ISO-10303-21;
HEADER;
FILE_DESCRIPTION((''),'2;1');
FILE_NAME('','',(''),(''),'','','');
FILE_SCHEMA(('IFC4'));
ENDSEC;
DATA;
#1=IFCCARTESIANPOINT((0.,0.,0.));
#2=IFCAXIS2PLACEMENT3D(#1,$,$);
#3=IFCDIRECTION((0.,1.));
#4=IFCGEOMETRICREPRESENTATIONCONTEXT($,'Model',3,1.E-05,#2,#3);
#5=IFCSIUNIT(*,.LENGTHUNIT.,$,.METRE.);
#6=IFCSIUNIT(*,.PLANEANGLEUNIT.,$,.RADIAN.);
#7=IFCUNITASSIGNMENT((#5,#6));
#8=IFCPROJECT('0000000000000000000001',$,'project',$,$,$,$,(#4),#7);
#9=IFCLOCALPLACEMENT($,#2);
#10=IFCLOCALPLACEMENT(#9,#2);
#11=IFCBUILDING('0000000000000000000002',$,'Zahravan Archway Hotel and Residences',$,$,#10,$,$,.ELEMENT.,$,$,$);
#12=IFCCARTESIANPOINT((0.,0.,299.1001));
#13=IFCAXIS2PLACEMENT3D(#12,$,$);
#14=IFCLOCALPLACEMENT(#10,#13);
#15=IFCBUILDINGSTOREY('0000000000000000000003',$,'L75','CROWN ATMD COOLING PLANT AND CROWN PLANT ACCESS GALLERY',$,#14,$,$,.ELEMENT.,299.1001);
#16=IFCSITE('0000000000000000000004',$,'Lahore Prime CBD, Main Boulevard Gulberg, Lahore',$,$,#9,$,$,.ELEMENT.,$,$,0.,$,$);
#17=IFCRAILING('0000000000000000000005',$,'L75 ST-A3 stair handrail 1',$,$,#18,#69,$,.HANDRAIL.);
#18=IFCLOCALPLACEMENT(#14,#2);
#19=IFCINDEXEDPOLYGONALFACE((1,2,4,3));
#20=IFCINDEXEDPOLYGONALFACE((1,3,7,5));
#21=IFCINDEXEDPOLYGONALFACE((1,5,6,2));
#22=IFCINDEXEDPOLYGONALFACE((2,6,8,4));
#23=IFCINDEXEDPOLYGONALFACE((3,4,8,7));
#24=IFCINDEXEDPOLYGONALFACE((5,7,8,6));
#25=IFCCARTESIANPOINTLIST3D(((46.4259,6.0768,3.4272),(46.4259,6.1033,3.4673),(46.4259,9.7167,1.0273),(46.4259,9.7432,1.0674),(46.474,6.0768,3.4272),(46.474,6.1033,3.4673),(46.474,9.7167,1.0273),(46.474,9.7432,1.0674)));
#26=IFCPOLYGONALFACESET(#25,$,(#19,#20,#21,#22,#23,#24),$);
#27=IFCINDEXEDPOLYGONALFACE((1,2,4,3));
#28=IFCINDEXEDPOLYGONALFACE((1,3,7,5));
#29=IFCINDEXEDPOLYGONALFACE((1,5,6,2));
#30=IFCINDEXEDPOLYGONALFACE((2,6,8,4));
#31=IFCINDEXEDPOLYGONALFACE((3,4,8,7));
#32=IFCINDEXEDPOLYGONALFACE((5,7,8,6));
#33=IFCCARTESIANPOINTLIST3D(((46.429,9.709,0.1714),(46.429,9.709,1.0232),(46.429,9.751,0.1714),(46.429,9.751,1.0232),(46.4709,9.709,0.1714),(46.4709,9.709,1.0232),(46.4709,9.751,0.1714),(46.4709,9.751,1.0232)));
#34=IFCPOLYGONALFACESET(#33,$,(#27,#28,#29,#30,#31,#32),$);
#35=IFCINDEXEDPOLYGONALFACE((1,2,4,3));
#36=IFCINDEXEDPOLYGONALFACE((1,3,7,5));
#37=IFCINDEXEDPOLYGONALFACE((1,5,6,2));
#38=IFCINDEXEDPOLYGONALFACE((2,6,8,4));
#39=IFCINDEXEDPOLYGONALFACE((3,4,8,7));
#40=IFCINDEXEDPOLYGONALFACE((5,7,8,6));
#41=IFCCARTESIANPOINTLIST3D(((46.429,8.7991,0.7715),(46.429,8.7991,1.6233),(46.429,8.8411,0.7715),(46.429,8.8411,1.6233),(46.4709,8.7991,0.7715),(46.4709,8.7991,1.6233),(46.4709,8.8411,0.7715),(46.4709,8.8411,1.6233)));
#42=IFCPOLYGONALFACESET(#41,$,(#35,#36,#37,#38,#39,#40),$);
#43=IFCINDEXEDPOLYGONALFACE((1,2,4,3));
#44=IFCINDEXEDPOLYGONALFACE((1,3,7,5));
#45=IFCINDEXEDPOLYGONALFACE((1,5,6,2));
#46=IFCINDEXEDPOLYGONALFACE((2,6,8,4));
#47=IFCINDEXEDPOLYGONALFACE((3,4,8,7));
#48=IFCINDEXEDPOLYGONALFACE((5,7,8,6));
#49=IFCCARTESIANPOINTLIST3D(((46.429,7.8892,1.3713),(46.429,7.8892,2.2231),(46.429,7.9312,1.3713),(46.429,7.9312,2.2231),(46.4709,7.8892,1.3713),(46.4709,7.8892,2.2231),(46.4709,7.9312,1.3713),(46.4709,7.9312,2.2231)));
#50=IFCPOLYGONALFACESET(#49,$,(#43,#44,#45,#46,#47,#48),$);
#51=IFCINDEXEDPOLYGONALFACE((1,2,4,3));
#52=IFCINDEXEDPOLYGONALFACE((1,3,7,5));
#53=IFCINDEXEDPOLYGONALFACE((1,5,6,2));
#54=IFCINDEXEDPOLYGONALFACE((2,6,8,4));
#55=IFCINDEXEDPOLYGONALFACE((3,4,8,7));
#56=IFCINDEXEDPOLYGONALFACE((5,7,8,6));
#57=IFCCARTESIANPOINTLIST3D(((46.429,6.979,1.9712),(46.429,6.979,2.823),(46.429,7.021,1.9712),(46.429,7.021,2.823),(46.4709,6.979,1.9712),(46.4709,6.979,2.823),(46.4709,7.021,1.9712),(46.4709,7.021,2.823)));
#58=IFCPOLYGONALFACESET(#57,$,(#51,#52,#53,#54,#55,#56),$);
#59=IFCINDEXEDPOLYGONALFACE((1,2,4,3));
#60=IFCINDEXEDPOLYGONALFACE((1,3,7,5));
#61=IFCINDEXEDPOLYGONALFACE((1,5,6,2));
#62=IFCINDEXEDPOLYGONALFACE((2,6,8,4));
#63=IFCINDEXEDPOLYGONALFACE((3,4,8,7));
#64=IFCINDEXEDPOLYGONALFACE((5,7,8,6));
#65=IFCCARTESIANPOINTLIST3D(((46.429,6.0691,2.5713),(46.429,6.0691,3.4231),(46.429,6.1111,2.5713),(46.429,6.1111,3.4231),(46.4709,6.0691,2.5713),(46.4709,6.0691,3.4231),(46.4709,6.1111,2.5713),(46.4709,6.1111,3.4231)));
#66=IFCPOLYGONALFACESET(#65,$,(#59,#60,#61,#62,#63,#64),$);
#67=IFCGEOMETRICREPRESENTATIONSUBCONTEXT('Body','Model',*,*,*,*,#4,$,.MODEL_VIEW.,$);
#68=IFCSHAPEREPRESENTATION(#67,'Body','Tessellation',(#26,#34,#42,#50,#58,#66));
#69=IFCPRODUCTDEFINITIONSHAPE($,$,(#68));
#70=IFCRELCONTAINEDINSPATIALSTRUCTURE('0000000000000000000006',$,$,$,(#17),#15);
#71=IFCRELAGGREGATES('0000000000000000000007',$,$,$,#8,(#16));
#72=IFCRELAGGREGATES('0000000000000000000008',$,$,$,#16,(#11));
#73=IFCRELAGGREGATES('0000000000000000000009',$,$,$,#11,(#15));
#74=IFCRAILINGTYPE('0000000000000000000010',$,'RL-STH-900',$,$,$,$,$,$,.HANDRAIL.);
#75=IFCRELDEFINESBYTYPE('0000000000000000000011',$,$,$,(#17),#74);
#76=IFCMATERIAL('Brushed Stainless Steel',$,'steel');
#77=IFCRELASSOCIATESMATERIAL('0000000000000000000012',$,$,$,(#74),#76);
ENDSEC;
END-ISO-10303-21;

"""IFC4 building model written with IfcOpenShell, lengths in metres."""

from ifc_helpers import new_model, si_unit, direction, frame, origin, origin_2d, place, context, subcontext, project, spatial, rectangle, extrude, material, type_object, element, save


model = new_model("IFC4")

# Units and contexts
model_context = context("Model", 3, precision=1e-05, world=origin(), true_north=direction((0.0, 1.0)))
body_context = subcontext(model_context, "Body", "Model", "MODEL_VIEW")
ifc_project = project(units=[si_unit("LENGTHUNIT", "METRE"), si_unit("PLANEANGLEUNIT", "RADIAN")], contexts=[model_context])

# Site, building, storey
site_placement = place(None, origin())
site = spatial("IfcSite", under=ifc_project, at=site_placement, Name="Lahore Prime CBD, Main Boulevard Gulberg, Lahore", CompositionType="ELEMENT", RefElevation=0.0)
building_placement = place(site_placement, origin())
building = spatial("IfcBuilding", under=site, at=building_placement, Name="Zahravan Archway Hotel and Residences", CompositionType="ELEMENT")
storey_placement = place(building_placement, frame((0.0, 0.0, 299.1001)))
storey = spatial("IfcBuildingStorey", under=building, at=storey_placement, Name="L75", Description="CROWN ATMD COOLING PLANT AND CROWN PLANT ACCESS GALLERY", CompositionType="ELEMENT", Elevation=299.1001)

# Shared definitions
ifc_material_1 = material(Name="Brushed Stainless Steel", Category="steel")

# Railing
railing_type_1 = type_object("IfcRailingType", Name="RL-STH-900", PredefinedType="HANDRAIL", material=ifc_material_1)
for number, where, name in (
    (1, (46.45, 9.73, 0.1714), "L75 ST-A3 stair handrail 1"),
):
    element("IfcRailing", number, at=place(storey_placement, frame(where)), inside=storey, type_object=railing_type_1, Name=name, PredefinedType="HANDRAIL", context=body_context, shape_type="SweptSolid", body=[
        extrude(rectangle(XDim=0.0481, YDim=0.0481, at=origin_2d()), frame((0.0, 0.0, 0.876), z_axis=(0.0, -0.834865, 0.550454), x_axis=(1.0, 0.0, 0.0)), (0.0, 0.0, 1.0), 4.3599),
        extrude(rectangle(XDim=0.042, YDim=0.042, at=origin_2d()), origin(), (0.0, 0.0, 1.0), 0.8518),
        extrude(rectangle(XDim=0.042, YDim=0.042, at=origin_2d()), frame((0.0, -0.9099, 0.6001)), (0.0, 0.0, 1.0), 0.8518),
        extrude(rectangle(XDim=0.042, YDim=0.042, at=origin_2d()), frame((0.0, -1.8198, 1.2)), (0.0, 0.0, 1.0), 0.8518),
        extrude(rectangle(XDim=0.042, YDim=0.042, at=origin_2d()), frame((0.0, -2.73, 1.7998)), (0.0, 0.0, 1.0), 0.8518),
        extrude(rectangle(XDim=0.042, YDim=0.042, at=origin_2d()), frame((0.0, -3.6399, 2.3999)), (0.0, 0.0, 1.0), 0.8518),
    ])

save(model, "model.ifc")
